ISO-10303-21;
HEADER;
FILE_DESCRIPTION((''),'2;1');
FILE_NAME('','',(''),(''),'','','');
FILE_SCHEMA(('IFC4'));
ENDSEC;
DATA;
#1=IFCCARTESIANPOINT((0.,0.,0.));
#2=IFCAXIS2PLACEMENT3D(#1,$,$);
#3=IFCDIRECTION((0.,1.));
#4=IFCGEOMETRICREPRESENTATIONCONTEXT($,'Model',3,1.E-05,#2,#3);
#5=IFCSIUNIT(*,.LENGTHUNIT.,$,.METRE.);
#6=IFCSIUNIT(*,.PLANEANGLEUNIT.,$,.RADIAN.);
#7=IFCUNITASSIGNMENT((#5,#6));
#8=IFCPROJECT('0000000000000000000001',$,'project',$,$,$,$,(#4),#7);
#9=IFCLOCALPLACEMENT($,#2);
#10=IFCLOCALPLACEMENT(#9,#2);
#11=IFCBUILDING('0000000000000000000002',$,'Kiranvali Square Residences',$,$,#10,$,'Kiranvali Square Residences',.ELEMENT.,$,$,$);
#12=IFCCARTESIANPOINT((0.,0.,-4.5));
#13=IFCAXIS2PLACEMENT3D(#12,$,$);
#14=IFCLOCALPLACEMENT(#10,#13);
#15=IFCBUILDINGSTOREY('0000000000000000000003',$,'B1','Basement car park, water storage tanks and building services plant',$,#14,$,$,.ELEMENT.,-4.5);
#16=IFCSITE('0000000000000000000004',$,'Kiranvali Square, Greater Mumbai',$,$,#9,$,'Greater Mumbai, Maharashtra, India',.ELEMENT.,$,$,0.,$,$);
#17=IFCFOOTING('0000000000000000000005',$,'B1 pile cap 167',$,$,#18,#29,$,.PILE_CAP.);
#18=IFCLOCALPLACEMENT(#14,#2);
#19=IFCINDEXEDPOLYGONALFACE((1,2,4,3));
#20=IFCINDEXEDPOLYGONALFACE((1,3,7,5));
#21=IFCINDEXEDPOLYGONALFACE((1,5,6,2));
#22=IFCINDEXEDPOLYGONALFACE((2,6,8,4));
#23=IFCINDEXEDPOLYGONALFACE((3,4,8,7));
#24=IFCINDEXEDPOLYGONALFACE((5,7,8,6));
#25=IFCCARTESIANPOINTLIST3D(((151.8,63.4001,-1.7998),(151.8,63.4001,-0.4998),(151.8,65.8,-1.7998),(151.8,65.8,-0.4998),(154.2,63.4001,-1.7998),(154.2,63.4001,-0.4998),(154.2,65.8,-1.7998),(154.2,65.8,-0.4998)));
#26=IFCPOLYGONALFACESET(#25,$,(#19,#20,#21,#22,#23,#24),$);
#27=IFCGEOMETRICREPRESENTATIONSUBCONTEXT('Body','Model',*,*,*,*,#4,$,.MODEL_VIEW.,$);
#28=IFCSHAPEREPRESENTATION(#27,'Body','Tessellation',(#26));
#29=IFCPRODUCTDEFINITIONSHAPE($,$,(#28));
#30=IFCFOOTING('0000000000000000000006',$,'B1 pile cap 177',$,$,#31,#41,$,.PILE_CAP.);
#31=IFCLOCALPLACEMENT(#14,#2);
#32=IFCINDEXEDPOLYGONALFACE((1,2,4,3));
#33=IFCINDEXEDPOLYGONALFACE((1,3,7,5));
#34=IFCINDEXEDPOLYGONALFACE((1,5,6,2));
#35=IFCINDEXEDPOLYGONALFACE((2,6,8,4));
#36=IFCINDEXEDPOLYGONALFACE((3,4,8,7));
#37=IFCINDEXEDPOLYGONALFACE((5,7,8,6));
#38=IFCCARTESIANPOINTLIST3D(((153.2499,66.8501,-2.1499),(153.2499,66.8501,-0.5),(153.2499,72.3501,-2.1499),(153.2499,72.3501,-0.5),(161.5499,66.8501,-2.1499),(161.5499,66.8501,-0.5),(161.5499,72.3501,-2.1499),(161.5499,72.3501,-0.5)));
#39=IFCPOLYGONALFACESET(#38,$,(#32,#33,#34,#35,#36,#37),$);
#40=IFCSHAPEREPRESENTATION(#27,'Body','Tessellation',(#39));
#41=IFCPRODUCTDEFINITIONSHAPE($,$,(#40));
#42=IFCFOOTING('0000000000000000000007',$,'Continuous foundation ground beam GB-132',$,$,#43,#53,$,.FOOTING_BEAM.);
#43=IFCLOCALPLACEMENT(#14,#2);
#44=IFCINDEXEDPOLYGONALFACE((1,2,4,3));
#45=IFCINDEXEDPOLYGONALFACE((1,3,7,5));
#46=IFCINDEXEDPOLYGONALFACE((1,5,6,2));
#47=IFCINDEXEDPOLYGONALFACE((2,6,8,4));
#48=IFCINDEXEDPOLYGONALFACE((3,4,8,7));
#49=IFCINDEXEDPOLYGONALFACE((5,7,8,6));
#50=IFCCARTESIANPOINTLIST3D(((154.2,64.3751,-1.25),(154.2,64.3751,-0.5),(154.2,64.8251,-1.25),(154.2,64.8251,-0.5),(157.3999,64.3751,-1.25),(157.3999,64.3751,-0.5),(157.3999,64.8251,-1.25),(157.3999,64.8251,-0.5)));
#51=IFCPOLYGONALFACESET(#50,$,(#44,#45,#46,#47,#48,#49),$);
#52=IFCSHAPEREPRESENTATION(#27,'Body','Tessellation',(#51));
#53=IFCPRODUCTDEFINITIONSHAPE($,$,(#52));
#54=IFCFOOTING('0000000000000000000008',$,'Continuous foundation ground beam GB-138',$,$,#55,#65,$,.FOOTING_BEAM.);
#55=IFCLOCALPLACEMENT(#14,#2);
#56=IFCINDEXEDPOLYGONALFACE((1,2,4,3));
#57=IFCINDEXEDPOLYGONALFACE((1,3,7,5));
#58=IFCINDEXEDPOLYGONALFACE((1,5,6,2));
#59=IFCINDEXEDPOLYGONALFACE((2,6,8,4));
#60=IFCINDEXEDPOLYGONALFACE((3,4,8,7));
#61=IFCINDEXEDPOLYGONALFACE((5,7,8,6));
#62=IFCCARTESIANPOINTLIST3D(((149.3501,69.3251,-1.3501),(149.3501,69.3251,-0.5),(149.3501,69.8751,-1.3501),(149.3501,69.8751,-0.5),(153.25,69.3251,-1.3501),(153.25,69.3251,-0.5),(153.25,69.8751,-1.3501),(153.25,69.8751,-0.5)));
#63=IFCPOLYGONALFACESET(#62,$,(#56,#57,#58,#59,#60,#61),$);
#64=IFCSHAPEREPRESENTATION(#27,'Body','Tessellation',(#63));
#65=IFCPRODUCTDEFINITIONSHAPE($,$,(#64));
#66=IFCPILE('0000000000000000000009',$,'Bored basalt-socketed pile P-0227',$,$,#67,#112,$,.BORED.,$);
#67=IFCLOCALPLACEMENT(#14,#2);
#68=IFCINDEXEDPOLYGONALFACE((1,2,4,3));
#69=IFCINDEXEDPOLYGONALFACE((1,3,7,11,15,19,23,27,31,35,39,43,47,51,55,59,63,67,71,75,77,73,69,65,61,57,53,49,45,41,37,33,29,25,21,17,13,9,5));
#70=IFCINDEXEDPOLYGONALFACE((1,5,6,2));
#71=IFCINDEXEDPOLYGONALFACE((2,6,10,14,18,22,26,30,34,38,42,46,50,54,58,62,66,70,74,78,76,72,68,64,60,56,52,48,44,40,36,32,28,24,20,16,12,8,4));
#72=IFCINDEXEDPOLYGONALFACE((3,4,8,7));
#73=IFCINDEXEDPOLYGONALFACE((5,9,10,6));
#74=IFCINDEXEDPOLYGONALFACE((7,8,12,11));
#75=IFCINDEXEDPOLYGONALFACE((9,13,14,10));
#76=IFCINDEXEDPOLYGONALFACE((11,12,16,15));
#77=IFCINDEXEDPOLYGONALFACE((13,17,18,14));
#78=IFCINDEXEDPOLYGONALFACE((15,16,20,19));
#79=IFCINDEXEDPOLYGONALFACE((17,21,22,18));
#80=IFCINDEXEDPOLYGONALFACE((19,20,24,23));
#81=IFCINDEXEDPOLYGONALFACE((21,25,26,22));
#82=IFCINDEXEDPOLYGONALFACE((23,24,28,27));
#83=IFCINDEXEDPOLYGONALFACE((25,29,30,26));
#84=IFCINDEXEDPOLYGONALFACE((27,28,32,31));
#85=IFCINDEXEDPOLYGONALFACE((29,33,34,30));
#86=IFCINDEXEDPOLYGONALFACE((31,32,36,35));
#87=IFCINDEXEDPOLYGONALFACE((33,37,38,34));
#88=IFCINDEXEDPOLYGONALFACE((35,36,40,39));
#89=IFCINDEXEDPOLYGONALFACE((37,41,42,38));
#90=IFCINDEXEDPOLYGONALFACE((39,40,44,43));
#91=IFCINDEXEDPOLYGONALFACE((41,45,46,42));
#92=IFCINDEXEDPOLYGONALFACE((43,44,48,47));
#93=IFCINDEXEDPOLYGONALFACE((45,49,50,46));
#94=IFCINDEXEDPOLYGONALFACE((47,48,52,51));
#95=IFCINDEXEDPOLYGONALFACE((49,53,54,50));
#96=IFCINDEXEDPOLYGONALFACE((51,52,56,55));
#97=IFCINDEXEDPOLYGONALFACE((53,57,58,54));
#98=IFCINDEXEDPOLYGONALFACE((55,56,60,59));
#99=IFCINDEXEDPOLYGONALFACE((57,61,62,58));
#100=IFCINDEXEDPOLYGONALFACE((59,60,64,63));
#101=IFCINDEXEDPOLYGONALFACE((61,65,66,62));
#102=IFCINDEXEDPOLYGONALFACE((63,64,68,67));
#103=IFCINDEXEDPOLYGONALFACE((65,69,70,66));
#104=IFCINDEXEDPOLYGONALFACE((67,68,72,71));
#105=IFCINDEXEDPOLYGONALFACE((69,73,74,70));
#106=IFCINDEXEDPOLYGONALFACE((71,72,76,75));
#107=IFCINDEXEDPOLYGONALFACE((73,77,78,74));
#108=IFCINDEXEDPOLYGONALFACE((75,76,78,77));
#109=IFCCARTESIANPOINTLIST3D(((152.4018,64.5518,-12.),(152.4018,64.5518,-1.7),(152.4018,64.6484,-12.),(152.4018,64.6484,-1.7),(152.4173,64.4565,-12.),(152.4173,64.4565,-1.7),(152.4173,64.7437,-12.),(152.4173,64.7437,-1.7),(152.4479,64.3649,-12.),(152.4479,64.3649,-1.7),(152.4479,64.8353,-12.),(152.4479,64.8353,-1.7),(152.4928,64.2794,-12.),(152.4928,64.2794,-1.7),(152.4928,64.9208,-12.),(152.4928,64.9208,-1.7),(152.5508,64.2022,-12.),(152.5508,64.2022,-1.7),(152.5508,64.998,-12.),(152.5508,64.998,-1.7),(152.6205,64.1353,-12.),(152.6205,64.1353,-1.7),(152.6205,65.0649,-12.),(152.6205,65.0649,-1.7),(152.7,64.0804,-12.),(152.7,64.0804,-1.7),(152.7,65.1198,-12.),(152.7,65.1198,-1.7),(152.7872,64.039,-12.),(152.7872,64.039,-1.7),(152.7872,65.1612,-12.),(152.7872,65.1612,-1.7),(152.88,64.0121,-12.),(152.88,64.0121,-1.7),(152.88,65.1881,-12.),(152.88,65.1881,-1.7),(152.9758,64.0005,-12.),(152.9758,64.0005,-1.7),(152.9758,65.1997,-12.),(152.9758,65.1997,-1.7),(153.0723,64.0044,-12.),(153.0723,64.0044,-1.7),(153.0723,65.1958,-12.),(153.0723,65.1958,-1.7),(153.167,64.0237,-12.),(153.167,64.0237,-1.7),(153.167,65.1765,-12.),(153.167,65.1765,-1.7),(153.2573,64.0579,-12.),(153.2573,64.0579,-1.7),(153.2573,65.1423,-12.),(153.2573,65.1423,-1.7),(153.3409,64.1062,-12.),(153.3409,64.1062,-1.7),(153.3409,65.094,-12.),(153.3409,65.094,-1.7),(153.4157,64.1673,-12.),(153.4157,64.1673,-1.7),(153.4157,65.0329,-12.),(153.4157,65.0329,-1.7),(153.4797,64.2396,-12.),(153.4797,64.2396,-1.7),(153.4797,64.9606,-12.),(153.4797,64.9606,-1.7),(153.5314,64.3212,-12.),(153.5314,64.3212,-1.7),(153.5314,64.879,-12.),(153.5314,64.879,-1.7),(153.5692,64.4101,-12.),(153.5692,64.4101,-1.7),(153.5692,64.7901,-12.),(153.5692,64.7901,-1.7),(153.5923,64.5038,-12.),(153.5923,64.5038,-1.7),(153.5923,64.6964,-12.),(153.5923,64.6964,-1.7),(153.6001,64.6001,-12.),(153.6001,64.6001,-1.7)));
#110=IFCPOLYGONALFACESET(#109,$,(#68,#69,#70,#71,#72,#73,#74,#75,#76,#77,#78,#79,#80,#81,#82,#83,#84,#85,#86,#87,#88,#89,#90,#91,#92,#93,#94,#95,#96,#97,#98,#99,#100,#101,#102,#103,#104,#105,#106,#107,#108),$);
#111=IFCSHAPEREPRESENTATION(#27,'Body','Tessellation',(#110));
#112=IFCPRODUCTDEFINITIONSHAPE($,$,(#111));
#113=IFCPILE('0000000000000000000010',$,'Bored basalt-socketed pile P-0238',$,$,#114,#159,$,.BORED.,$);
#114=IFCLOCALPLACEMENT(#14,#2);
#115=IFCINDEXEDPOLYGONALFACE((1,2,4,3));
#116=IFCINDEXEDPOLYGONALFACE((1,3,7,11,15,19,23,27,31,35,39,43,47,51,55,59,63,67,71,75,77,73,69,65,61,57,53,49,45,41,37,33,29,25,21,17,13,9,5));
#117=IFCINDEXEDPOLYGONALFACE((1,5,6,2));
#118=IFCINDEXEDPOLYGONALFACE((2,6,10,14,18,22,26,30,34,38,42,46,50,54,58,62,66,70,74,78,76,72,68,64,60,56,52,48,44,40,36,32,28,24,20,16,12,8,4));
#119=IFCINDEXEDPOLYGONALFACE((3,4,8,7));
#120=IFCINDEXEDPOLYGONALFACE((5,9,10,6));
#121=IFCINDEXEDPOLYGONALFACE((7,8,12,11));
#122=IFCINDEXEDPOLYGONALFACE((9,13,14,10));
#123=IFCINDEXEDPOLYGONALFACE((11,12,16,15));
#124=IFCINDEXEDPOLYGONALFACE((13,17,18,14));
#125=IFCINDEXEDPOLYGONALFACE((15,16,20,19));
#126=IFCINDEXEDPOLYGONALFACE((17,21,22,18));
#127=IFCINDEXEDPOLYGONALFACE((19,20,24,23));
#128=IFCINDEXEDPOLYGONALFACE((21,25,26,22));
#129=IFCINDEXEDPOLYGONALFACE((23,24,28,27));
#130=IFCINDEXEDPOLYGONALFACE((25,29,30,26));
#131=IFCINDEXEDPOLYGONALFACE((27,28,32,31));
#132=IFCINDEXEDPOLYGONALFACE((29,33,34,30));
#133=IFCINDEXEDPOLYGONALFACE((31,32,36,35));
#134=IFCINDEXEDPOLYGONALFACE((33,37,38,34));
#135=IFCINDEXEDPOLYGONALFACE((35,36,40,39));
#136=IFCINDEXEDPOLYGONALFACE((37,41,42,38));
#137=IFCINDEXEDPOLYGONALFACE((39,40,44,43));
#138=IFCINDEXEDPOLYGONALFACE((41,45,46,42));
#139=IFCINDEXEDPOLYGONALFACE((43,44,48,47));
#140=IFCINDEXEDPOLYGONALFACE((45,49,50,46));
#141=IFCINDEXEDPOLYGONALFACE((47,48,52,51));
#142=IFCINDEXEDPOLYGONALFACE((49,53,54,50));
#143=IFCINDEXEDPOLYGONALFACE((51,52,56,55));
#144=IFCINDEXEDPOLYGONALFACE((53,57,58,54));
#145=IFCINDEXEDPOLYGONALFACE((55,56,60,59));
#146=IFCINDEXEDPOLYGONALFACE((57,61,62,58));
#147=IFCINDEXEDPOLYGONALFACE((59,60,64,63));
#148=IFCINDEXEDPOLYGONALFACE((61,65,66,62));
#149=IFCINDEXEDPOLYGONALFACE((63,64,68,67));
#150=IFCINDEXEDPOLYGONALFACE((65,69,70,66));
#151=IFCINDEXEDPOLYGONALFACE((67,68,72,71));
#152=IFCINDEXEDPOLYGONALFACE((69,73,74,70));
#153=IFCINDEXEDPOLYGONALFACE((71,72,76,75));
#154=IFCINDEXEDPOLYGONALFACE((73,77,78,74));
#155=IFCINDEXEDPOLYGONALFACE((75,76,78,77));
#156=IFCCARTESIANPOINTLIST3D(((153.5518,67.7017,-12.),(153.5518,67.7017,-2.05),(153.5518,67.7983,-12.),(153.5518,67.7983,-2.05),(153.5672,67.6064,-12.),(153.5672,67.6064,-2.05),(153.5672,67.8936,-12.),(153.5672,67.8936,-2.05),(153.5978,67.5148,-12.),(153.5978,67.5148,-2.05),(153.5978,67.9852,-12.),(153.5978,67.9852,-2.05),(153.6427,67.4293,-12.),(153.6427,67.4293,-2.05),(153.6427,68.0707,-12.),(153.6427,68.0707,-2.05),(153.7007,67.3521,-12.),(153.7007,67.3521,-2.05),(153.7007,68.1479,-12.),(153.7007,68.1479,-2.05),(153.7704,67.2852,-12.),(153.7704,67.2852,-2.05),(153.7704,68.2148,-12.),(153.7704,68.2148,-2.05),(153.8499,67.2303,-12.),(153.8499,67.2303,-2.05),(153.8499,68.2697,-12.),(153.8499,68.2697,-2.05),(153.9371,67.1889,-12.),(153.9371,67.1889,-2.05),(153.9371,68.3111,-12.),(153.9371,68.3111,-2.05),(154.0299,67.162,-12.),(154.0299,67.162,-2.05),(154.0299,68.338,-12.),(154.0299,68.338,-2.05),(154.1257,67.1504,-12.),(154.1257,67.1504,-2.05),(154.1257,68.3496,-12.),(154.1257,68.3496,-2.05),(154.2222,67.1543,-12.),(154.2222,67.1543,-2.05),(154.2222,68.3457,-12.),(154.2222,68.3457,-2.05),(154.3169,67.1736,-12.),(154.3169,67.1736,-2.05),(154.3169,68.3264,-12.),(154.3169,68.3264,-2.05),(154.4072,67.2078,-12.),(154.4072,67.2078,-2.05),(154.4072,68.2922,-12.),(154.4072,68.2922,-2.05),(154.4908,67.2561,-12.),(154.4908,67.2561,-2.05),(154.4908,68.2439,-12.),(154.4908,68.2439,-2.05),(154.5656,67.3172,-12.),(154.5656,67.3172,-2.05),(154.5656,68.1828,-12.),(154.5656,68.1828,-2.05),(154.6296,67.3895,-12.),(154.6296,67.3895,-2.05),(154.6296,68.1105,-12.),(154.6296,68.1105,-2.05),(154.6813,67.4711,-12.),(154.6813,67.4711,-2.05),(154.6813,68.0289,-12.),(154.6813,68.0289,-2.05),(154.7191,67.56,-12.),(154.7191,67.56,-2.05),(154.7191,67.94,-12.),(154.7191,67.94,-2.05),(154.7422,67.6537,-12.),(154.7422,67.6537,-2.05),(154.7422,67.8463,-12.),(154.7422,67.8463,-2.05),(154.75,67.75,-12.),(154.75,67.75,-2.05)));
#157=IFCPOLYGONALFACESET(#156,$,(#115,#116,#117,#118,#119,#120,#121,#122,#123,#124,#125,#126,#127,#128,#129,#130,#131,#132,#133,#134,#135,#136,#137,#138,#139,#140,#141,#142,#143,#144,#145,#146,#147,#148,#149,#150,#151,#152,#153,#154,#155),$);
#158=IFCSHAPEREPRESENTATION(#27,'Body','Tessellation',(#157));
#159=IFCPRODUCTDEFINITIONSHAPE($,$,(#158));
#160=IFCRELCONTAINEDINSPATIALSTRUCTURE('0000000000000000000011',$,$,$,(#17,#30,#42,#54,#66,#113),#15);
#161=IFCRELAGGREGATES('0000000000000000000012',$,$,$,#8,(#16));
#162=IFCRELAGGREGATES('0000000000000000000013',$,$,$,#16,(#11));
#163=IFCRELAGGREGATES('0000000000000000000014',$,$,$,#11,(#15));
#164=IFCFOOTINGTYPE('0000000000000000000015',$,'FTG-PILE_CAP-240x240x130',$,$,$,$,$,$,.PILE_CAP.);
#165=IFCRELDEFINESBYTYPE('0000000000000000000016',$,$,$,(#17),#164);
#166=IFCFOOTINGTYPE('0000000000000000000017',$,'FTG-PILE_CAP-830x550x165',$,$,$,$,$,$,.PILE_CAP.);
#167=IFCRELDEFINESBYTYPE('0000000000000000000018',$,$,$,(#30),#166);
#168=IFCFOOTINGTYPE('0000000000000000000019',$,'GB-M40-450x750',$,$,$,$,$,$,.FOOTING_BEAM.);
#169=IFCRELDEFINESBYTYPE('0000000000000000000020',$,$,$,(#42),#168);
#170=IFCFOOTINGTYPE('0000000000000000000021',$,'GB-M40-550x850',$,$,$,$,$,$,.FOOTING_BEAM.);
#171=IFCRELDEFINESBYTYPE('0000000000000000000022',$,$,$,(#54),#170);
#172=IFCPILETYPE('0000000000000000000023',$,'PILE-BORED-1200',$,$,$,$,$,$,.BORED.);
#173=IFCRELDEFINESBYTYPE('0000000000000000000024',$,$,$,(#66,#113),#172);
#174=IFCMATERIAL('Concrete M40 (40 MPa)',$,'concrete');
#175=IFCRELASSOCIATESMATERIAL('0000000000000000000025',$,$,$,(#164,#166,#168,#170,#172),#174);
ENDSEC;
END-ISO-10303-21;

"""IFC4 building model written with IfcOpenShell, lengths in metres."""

from ifc_helpers import new_model, si_unit, direction, frame, origin, origin_2d, place, context, subcontext, project, spatial, rectangle, circle, extrude, material, material_profile, profile_set, type_object, element, save


model = new_model("IFC4")

# Units and contexts
model_context = context("Model", 3, precision=1e-05, world=origin(), true_north=direction((0.0, 1.0)))
body_context = subcontext(model_context, "Body", "Model", "MODEL_VIEW")
ifc_project = project(units=[si_unit("LENGTHUNIT", "METRE"), si_unit("PLANEANGLEUNIT", "RADIAN")], contexts=[model_context])

# Site, building, storey
site_placement = place(None, origin())
site = spatial("IfcSite", under=ifc_project, at=site_placement, Name="Kiranvali Square, Greater Mumbai", LongName="Greater Mumbai, Maharashtra, India", CompositionType="ELEMENT", RefElevation=0.0)
building_placement = place(site_placement, origin())
building = spatial("IfcBuilding", under=site, at=building_placement, Name="Kiranvali Square Residences", LongName="Kiranvali Square Residences", CompositionType="ELEMENT")
storey_placement = place(building_placement, frame((0.0, 0.0, -4.5)))
storey = spatial("IfcBuildingStorey", under=building, at=storey_placement, Name="B1", Description="Basement car park, water storage tanks and building services plant", CompositionType="ELEMENT", Elevation=-4.5)

# Footings
ifc_material_1 = material(Name="Concrete M40 (40 MPa)", Category="concrete")
footing_type_1 = type_object("IfcFootingType", Name="FTG-PILE_CAP-240x240x130", PredefinedType="PILE_CAP", material=ifc_material_1)
footing_1_placement = place(storey_placement, frame((153.0, 64.6001, -1.7998), z_axis=(0.0, 0.0, 1.0), x_axis=(1.0, 0.0, 0.0)))
element("IfcFooting", 1, at=footing_1_placement, inside=storey, type_object=footing_type_1, Name="B1 pile cap 167", PredefinedType="PILE_CAP", context=body_context, shape_type="SweptSolid", body=[
    extrude(rectangle(XDim=2.3999, YDim=2.3999, at=origin_2d()), origin(), (0.0, 0.0, 1.0), 1.3),
])
footing_type_2 = type_object("IfcFootingType", Name="FTG-PILE_CAP-830x550x165", PredefinedType="PILE_CAP", material=ifc_material_1)
footing_2_placement = place(storey_placement, frame((157.3999, 69.6001, -2.1499), z_axis=(0.0, 0.0, 1.0), x_axis=(1.0, 0.0, 0.0)))
element("IfcFooting", 2, at=footing_2_placement, inside=storey, type_object=footing_type_2, Name="B1 pile cap 177", PredefinedType="PILE_CAP", context=body_context, shape_type="SweptSolid", body=[
    extrude(rectangle(XDim=8.3, YDim=5.5, at=origin_2d()), origin(), (0.0, 0.0, 1.0), 1.6499),
])
ifc_material_profile_1 = material_profile(ifc_material_1, rectangle(XDim=0.45, YDim=0.75, at=origin_2d()), Name="GB 450x750")
ifc_profile_set_1 = profile_set([ifc_material_profile_1], Name="Concrete M40 (40 MPa)")
footing_type_3 = type_object("IfcFootingType", Name="GB-M40-450x750", PredefinedType="FOOTING_BEAM", material=ifc_profile_set_1)
footing_3_placement = place(storey_placement, frame((154.2, 64.6001, -0.875), z_axis=(1.0, 0.0, 0.0), x_axis=(0.0, 1.0, 0.0)))
element("IfcFooting", 3, at=footing_3_placement, inside=storey, type_object=footing_type_3, Name="Continuous foundation ground beam GB-132", PredefinedType="FOOTING_BEAM", context=body_context, shape_type="SweptSolid", body=[
    extrude(rectangle(XDim=0.45, YDim=0.75, at=origin_2d()), origin(), (0.0, 0.0, 1.0), 3.2),
])
ifc_material_profile_2 = material_profile(ifc_material_1, rectangle(XDim=0.55, YDim=0.8501, at=origin_2d()), Name="GB 550x850")
ifc_profile_set_2 = profile_set([ifc_material_profile_2], Name="Concrete M40 (40 MPa)")
footing_type_4 = type_object("IfcFootingType", Name="GB-M40-550x850", PredefinedType="FOOTING_BEAM", material=ifc_profile_set_2)
footing_4_placement = place(storey_placement, frame((149.3501, 69.6001, -0.925), z_axis=(1.0, 0.0, 0.0), x_axis=(0.0, 1.0, 0.0)))
element("IfcFooting", 4, at=footing_4_placement, inside=storey, type_object=footing_type_4, Name="Continuous foundation ground beam GB-138", PredefinedType="FOOTING_BEAM", context=body_context, shape_type="SweptSolid", body=[
    extrude(rectangle(XDim=0.55, YDim=0.8501, at=origin_2d()), origin(), (0.0, 0.0, 1.0), 3.8999),
])

# Piles
ifc_material_profile_3 = material_profile(ifc_material_1, circle(Radius=0.6001, at=origin_2d()), Name="BORED PILE 1200")
ifc_profile_set_3 = profile_set([ifc_material_profile_3], Name="Concrete M40 (40 MPa)")
pile_type = type_object("IfcPileType", Name="PILE-BORED-1200", PredefinedType="BORED", material=ifc_profile_set_3)
pile_placement = place(storey_placement, frame((153.0, 64.6001, -1.7), z_axis=(0.0, 0.0, -1.0), x_axis=(1.0, 0.0, 0.0)))
element("IfcPile", 5, at=pile_placement, inside=storey, type_object=pile_type, Name="Bored basalt-socketed pile P-0227", PredefinedType="BORED", context=body_context, shape_type="SweptSolid", body=[
    extrude(circle(Radius=0.6001, at=origin_2d()), origin(), (0.0, 0.0, 1.0), 10.3),
])
for number, where, z_axis, x_axis, name in (
    (6, (154.1499, 67.75, -2.05), (0.0, 0.0, -1.0), (1.0, 0.0, 0.0), "Bored basalt-socketed pile P-0238"),
):
    element("IfcPile", number, at=place(storey_placement, frame(where, z_axis=z_axis, x_axis=x_axis)), inside=storey, type_object=pile_type, Name=name, PredefinedType="BORED", context=body_context, shape_type="SweptSolid", body=[
        extrude(circle(Radius=0.6001, at=origin_2d()), origin(), (0.0, 0.0, 1.0), 9.95),
    ])

save(model, "model.ifc")
